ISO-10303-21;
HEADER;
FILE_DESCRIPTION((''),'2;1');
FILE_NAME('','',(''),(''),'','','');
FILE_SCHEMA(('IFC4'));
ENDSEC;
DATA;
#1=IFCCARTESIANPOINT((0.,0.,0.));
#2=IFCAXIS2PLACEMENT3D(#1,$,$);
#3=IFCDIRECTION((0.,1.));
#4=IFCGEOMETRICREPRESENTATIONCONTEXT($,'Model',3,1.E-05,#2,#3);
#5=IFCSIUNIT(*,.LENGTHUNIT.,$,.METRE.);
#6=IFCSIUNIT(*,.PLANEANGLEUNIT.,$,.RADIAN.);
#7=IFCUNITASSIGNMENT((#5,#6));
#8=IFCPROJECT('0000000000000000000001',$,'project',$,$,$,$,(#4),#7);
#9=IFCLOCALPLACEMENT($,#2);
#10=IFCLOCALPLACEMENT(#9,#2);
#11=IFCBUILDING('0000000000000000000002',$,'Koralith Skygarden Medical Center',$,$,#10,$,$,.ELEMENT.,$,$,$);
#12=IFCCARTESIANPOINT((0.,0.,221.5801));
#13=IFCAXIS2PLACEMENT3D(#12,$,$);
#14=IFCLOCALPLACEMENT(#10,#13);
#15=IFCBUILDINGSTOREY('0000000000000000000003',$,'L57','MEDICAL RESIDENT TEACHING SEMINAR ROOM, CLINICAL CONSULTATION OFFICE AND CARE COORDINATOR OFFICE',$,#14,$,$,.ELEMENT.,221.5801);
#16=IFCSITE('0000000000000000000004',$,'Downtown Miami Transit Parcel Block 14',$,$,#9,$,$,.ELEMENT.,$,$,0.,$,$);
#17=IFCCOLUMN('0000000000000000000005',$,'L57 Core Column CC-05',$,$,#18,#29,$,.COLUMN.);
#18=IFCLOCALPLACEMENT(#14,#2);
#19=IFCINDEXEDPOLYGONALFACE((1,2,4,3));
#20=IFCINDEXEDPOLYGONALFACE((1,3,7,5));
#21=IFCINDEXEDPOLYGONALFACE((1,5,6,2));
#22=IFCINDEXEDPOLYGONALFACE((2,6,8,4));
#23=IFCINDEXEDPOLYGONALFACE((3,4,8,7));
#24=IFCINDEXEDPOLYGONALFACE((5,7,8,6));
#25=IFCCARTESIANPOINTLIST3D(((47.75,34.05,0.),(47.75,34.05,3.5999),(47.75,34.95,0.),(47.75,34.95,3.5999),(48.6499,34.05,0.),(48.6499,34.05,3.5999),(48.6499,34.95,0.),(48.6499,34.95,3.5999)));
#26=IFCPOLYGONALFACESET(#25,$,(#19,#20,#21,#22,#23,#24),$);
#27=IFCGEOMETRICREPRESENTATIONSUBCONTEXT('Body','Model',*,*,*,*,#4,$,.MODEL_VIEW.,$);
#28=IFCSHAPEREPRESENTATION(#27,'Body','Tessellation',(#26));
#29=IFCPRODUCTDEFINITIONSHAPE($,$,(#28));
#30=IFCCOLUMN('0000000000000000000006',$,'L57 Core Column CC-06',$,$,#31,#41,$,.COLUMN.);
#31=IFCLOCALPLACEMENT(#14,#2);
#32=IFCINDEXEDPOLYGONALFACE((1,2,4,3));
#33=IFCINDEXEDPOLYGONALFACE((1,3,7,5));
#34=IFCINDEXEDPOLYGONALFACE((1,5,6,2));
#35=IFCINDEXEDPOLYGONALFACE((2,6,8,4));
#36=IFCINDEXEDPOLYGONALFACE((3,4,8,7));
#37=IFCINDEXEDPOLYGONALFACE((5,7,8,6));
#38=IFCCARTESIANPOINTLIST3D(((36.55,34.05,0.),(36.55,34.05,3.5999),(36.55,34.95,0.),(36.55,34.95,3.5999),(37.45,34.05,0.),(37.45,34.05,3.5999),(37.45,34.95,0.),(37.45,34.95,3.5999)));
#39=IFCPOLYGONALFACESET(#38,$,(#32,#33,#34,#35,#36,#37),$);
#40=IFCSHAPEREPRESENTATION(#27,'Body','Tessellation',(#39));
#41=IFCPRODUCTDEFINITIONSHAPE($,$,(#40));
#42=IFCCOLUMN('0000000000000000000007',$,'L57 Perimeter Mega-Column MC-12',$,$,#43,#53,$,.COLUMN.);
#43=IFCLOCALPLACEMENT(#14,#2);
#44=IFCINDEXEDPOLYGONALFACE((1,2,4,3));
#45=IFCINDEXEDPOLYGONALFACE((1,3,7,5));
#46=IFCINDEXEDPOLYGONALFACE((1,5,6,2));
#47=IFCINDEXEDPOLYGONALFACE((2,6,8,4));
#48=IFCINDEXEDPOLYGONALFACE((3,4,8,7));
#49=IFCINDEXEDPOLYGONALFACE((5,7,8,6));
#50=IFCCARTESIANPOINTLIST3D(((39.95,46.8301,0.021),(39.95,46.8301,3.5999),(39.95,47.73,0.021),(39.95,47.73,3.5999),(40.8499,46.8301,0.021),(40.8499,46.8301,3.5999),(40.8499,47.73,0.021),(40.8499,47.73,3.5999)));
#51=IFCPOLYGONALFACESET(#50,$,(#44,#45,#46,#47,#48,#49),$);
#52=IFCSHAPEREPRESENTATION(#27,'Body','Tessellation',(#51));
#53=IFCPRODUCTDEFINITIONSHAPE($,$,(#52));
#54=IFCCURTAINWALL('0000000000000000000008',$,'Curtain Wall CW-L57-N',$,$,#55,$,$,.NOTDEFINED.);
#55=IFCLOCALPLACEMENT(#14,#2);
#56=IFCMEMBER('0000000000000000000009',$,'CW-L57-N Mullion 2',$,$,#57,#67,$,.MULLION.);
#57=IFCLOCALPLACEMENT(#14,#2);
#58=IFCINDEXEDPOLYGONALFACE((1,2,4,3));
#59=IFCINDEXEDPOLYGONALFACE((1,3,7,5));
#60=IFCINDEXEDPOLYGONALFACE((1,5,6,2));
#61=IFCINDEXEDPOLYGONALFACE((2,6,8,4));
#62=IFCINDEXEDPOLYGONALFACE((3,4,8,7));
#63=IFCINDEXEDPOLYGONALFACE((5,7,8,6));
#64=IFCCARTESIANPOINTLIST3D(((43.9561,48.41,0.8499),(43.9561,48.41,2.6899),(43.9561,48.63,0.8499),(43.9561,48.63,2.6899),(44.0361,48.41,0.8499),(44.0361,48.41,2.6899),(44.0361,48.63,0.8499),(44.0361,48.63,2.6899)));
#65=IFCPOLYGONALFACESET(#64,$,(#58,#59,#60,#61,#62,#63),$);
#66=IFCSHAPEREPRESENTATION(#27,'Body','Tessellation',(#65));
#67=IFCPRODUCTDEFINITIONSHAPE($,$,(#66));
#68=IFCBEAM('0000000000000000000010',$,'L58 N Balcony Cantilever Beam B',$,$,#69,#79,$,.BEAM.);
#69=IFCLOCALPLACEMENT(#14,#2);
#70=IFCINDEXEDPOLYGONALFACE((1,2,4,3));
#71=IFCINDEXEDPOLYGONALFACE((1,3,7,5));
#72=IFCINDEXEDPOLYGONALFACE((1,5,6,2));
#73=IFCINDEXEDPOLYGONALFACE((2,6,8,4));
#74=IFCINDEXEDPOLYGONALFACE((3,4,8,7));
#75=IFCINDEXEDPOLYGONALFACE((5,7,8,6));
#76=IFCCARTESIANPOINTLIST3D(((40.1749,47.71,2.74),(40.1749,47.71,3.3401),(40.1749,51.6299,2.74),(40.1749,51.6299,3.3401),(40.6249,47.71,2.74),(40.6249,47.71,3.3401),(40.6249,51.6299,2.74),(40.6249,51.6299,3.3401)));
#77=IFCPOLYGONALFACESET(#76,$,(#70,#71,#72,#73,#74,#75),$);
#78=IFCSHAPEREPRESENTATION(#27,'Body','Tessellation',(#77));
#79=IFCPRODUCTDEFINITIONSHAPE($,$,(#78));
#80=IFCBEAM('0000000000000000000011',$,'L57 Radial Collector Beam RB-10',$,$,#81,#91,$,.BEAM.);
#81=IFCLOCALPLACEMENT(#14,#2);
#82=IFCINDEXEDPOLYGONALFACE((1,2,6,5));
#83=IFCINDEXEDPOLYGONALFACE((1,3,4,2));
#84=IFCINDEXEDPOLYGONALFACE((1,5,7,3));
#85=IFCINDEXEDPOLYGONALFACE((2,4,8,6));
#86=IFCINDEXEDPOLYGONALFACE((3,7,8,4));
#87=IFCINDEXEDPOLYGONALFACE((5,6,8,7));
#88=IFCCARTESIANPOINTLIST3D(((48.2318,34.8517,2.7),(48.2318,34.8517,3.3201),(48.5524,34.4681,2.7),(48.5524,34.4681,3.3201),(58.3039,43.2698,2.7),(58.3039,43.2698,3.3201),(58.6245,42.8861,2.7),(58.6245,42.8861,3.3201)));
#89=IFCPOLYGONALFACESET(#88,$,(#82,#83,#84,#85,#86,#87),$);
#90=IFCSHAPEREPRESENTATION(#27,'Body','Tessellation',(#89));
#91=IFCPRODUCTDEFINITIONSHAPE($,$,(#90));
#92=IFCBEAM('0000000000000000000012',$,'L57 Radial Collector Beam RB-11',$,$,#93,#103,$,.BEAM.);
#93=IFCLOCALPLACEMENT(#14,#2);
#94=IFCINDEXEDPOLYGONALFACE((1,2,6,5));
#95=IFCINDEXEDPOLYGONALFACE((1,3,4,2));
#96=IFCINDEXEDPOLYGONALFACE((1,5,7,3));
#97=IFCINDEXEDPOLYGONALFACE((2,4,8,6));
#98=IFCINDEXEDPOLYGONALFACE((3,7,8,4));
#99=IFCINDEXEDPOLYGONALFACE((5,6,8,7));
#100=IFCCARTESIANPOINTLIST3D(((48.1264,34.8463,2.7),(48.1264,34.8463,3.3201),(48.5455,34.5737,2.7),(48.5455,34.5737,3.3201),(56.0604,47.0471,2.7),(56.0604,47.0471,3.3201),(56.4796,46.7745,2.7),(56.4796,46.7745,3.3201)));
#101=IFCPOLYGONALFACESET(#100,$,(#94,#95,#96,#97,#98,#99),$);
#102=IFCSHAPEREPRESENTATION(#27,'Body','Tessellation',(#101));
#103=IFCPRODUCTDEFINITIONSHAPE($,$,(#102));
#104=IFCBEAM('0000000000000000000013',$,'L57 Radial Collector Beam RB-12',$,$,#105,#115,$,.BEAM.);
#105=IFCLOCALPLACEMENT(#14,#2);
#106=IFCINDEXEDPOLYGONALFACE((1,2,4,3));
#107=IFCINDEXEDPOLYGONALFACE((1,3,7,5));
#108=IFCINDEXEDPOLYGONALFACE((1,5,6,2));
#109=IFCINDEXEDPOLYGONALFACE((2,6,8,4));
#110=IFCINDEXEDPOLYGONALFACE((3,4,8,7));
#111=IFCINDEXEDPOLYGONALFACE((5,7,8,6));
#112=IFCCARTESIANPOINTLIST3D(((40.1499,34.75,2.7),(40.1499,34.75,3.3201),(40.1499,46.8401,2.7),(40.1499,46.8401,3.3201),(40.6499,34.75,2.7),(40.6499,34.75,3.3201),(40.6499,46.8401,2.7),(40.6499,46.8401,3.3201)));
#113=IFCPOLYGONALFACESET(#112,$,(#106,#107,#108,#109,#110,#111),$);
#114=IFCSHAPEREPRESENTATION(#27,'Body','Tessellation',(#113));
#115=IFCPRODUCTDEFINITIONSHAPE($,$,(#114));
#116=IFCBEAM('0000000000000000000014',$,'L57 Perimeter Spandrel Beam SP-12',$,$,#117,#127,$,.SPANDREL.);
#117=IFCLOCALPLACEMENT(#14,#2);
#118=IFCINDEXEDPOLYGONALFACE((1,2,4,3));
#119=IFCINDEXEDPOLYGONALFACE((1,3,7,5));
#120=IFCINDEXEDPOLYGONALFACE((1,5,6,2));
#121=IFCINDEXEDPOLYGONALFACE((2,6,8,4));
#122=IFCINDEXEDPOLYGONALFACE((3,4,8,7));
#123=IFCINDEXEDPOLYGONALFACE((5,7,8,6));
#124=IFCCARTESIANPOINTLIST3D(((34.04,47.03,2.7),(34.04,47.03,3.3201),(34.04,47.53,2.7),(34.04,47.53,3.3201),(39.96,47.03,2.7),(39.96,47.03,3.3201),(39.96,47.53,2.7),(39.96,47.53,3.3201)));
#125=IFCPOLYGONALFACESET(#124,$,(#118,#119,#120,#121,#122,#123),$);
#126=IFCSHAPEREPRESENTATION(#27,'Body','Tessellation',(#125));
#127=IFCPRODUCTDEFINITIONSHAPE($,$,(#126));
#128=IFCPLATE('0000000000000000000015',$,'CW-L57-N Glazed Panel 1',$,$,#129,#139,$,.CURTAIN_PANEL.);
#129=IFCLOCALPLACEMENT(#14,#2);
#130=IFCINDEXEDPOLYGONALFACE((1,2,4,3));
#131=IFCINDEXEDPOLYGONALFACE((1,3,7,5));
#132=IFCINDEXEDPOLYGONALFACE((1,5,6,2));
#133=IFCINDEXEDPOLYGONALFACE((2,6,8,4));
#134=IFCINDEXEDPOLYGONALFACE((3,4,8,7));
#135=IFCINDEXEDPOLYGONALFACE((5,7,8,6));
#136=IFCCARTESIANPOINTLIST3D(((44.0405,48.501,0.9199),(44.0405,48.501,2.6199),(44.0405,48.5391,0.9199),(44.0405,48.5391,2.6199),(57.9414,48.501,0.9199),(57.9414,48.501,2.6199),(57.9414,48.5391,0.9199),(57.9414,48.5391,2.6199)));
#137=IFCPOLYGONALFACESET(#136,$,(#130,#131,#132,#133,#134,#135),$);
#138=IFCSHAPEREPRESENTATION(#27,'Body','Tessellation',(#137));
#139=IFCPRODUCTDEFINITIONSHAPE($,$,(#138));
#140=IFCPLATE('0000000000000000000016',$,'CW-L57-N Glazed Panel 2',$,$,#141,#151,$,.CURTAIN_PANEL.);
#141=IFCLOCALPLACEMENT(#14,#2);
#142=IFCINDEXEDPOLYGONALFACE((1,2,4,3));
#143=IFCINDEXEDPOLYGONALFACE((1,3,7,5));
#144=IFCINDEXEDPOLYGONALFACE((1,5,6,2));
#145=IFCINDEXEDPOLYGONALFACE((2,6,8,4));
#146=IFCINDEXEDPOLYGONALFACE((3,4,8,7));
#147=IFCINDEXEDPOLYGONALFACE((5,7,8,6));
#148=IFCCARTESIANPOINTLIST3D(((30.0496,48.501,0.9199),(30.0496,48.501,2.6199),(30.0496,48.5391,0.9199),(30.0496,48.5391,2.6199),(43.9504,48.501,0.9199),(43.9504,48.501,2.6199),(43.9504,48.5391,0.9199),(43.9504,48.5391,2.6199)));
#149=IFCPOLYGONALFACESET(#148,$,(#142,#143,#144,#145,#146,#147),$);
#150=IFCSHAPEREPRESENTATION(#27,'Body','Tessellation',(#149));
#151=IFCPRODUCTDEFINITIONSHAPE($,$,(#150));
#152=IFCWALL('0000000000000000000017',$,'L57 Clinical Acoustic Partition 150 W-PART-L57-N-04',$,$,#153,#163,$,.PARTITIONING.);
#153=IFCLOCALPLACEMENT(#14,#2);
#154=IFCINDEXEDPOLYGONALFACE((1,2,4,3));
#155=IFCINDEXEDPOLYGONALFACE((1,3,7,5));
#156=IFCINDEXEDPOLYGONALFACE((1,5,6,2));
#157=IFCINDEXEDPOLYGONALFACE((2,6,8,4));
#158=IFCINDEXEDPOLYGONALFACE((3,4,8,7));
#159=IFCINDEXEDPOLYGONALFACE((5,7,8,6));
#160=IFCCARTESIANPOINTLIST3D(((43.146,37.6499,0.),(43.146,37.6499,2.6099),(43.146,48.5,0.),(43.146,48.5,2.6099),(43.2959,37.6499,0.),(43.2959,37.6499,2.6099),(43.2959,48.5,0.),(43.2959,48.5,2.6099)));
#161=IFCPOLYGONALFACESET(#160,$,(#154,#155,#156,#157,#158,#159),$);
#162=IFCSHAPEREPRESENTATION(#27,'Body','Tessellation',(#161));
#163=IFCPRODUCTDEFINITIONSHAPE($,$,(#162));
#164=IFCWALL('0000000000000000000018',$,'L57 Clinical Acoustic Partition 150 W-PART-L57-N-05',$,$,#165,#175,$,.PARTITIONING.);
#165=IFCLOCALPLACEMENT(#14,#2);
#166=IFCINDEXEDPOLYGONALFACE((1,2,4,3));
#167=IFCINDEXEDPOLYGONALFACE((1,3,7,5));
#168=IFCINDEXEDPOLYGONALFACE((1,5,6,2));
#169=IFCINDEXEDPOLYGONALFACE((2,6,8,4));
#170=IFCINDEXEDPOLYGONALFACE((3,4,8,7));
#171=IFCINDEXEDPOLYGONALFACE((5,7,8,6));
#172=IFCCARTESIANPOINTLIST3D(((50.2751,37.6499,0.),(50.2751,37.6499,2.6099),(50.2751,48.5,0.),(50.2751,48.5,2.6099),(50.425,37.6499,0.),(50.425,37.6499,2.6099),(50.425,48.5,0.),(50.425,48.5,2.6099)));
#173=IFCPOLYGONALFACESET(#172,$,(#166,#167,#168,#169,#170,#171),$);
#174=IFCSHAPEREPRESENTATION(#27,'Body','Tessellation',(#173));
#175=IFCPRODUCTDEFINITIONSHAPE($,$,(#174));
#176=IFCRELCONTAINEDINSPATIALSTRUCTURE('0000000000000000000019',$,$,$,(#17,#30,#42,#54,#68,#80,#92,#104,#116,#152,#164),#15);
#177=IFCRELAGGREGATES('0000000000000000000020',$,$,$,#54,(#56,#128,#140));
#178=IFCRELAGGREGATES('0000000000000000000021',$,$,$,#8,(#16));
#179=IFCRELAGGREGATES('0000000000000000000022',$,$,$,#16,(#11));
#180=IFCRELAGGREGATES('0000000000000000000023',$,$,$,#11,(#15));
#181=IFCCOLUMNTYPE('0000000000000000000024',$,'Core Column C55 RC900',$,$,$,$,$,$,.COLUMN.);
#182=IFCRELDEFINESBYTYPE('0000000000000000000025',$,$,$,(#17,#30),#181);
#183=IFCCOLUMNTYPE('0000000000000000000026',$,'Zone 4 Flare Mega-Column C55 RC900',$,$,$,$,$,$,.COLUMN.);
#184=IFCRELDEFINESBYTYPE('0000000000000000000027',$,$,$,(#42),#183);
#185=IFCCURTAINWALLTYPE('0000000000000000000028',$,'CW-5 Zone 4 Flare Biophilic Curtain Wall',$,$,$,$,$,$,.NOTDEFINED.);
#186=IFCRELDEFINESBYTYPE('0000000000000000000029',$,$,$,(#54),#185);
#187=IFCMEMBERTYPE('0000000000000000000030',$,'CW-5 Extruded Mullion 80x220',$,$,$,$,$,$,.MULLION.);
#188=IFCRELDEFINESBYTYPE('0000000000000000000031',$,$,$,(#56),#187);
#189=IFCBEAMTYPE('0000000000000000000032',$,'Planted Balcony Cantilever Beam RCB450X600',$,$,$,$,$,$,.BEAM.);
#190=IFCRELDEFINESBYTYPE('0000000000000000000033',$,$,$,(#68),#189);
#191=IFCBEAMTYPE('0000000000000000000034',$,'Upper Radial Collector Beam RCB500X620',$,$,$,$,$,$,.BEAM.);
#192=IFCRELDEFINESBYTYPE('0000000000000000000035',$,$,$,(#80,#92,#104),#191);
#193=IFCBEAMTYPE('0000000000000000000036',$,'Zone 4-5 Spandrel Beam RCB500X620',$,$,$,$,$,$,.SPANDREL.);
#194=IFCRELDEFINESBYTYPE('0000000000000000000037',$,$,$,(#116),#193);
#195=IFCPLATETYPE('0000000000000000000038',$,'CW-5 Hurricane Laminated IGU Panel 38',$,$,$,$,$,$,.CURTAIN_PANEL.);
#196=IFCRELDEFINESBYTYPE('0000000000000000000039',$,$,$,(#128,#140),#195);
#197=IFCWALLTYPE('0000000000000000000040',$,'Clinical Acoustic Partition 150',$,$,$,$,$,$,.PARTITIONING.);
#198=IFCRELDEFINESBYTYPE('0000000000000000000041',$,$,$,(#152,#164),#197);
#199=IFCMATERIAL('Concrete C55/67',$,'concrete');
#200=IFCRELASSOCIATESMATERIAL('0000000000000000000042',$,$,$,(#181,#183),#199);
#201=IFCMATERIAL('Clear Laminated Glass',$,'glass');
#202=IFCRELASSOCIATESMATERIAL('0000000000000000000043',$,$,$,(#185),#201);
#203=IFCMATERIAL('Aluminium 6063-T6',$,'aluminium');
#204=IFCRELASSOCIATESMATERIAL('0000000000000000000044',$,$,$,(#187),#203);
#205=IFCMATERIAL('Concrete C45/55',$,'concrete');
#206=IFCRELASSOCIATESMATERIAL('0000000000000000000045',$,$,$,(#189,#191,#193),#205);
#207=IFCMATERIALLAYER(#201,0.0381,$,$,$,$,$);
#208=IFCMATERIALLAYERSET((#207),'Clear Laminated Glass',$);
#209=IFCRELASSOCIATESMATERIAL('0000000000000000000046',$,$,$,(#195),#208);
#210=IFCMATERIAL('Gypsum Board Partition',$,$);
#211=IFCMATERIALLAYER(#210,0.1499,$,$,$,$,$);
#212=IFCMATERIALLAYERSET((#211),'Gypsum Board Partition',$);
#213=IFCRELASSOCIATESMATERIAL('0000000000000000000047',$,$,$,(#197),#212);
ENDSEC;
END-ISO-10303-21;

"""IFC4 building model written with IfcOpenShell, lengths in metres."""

from ifc_helpers import new_model, si_unit, direction, frame, frame_2d, origin, origin_2d, place, context, subcontext, project, spatial, rectangle, extrude, material, layer, layer_set, material_profile, profile_set, type_object, element, aggregate, save


model = new_model("IFC4")

# Units and contexts
model_context = context("Model", 3, precision=1e-05, world=origin(), true_north=direction((0.0, 1.0)))
body_context = subcontext(model_context, "Body", "Model", "MODEL_VIEW")
ifc_project = project(units=[si_unit("LENGTHUNIT", "METRE"), si_unit("PLANEANGLEUNIT", "RADIAN")], contexts=[model_context])

# Site, building, storey
site_placement = place(None, origin())
site = spatial("IfcSite", under=ifc_project, at=site_placement, Name="Downtown Miami Transit Parcel Block 14", CompositionType="ELEMENT", RefElevation=0.0)
building_placement = place(site_placement, origin())
building = spatial("IfcBuilding", under=site, at=building_placement, Name="Koralith Skygarden Medical Center", CompositionType="ELEMENT")
storey_placement = place(building_placement, frame((0.0, 0.0, 221.5801)))
storey = spatial("IfcBuildingStorey", under=building, at=storey_placement, Name="L57", Description="MEDICAL RESIDENT TEACHING SEMINAR ROOM, CLINICAL CONSULTATION OFFICE AND CARE COORDINATOR OFFICE", CompositionType="ELEMENT", Elevation=221.5801)

# Columns
ifc_material_1 = material(Name="Concrete C55/67", Category="concrete")
ifc_material_profile_1 = material_profile(ifc_material_1, rectangle(XDim=0.8999, YDim=0.8999, at=origin_2d()), Name="RC900X900")
ifc_profile_set_1 = profile_set([ifc_material_profile_1], Name="Concrete C55/67")
column_type_1 = type_object("IfcColumnType", Name="Core Column C55 RC900", PredefinedType="COLUMN", material=ifc_profile_set_1)
for number, where, z_axis, x_axis, name in (
    (1, (48.2, 34.5, 0.0), (0.0, 0.0, 1.0), (1.0, 0.0, 0.0), "L57 Core Column CC-05"),
    (2, (37.0, 34.5, 0.0), (0.0, 0.0, 1.0), (1.0, 0.0, 0.0), "L57 Core Column CC-06"),
):
    element("IfcColumn", number, at=place(storey_placement, frame(where, z_axis=z_axis, x_axis=x_axis)), inside=storey, type_object=column_type_1, Name=name, PredefinedType="COLUMN", context=body_context, shape_type="SweptSolid", body=[
        extrude(rectangle(XDim=0.8999, YDim=0.8999, at=origin_2d()), origin(), (0.0, 0.0, 1.0), 3.5999),
    ])
ifc_material_profile_2 = material_profile(ifc_material_1, rectangle(XDim=0.8999, YDim=0.8999, at=origin_2d()), Name="RC900X900")
ifc_profile_set_2 = profile_set([ifc_material_profile_2], Name="Concrete C55/67")
column_type_2 = type_object("IfcColumnType", Name="Zone 4 Flare Mega-Column C55 RC900", PredefinedType="COLUMN", material=ifc_profile_set_2)
column_placement = place(storey_placement, frame((40.3999, 47.28, 0.021), z_axis=(0.0, 0.0, 1.0), x_axis=(1.0, 0.0, 0.0)))
element("IfcColumn", 3, at=column_placement, inside=storey, type_object=column_type_2, Name="L57 Perimeter Mega-Column MC-12", PredefinedType="COLUMN", context=body_context, shape_type="SweptSolid", body=[
    extrude(rectangle(XDim=0.8999, YDim=0.8999, at=origin_2d()), origin(), (0.0, 0.0, 1.0), 3.5789),
])

# Curtain wall, member
ifc_material_2 = material(Name="Clear Laminated Glass", Category="glass")
curtain_wall_type = type_object("IfcCurtainWallType", Name="CW-5 Zone 4 Flare Biophilic Curtain Wall", PredefinedType="NOTDEFINED", material=ifc_material_2)
curtain_wall_placement = place(storey_placement, origin())
curtain_wall = element("IfcCurtainWall", 4, at=curtain_wall_placement, inside=storey, type_object=curtain_wall_type, Name="Curtain Wall CW-L57-N", PredefinedType="NOTDEFINED")
ifc_material_3 = material(Name="Aluminium 6063-T6", Category="aluminium")
ifc_material_profile_3 = material_profile(ifc_material_3, rectangle(XDim=0.0801, YDim=0.22, at=origin_2d()), Name="MUL80X220")
ifc_profile_set_3 = profile_set([ifc_material_profile_3], Name="Aluminium 6063-T6")
member_type = type_object("IfcMemberType", Name="CW-5 Extruded Mullion 80x220", PredefinedType="MULLION", material=ifc_profile_set_3)
member_placement = place(storey_placement, frame((43.9961, 48.52, 0.8499), z_axis=(0.0, 0.0, 1.0), x_axis=(1.0, 0.0, 0.0)))
member = element("IfcMember", 5, at=member_placement, type_object=member_type, Name="CW-L57-N Mullion 2", PredefinedType="MULLION", context=body_context, shape_type="SweptSolid", body=[
    extrude(rectangle(XDim=0.0801, YDim=0.22, at=origin_2d()), origin(), (0.0, 0.0, 1.0), 1.8401),
])

# Beams
ifc_material_4 = material(Name="Concrete C45/55", Category="concrete")
ifc_material_profile_4 = material_profile(ifc_material_4, rectangle(XDim=0.45, YDim=0.6001, at=origin_2d()), Name="RCB450X600")
ifc_profile_set_4 = profile_set([ifc_material_profile_4], Name="Concrete C45/55")
beam_type_1 = type_object("IfcBeamType", Name="Planted Balcony Cantilever Beam RCB450X600", PredefinedType="BEAM", material=ifc_profile_set_4)
beam_1_placement = place(storey_placement, frame((40.3999, 47.71, 3.04), z_axis=(0.0, 1.0, 0.0), x_axis=(-1.0, 0.0, 0.0)))
element("IfcBeam", 6, at=beam_1_placement, inside=storey, type_object=beam_type_1, Name="L58 N Balcony Cantilever Beam B", PredefinedType="BEAM", context=body_context, shape_type="SweptSolid", body=[
    extrude(rectangle(XDim=0.45, YDim=0.6001, at=origin_2d()), origin(), (0.0, 0.0, 1.0), 3.9199),
])
ifc_material_profile_5 = material_profile(ifc_material_4, rectangle(XDim=0.5, YDim=0.6201, at=origin_2d()), Name="RCB500X620")
ifc_profile_set_5 = profile_set([ifc_material_profile_5], Name="Concrete C45/55")
beam_type_2 = type_object("IfcBeamType", Name="Upper Radial Collector Beam RCB500X620", PredefinedType="BEAM", material=ifc_profile_set_5)
beam_2_placement = place(storey_placement, frame((48.3921, 34.6599, 3.01), z_axis=(0.767298, 0.641291, 0.0), x_axis=(-0.641291, 0.767298, 0.0)))
element("IfcBeam", 7, at=beam_2_placement, inside=storey, type_object=beam_type_2, Name="L57 Radial Collector Beam RB-10", PredefinedType="BEAM", context=body_context, shape_type="SweptSolid", body=[
    extrude(rectangle(XDim=0.5, YDim=0.6201, at=origin_2d()), origin(), (0.0, 0.0, 1.0), 13.1267),
])
beam_3_placement = place(storey_placement, frame((48.3359, 34.71, 3.01), z_axis=(0.545156, 0.838334, 0.0), x_axis=(-0.838334, 0.545156, 0.0)))
element("IfcBeam", 8, at=beam_3_placement, inside=storey, type_object=beam_type_2, Name="L57 Radial Collector Beam RB-11", PredefinedType="BEAM", context=body_context, shape_type="SweptSolid", body=[
    extrude(rectangle(XDim=0.5, YDim=0.6201, at=origin_2d()), origin(), (0.0, 0.0, 1.0), 14.5537),
])
beam_4_placement = place(storey_placement, frame((40.3999, 34.75, 3.01), z_axis=(0.0, 1.0, 0.0), x_axis=(-1.0, 0.0, 0.0)))
element("IfcBeam", 9, at=beam_4_placement, inside=storey, type_object=beam_type_2, Name="L57 Radial Collector Beam RB-12", PredefinedType="BEAM", context=body_context, shape_type="SweptSolid", body=[
    extrude(rectangle(XDim=0.5, YDim=0.6201, at=origin_2d()), origin(), (0.0, 0.0, 1.0), 12.0901),
])
ifc_material_profile_6 = material_profile(ifc_material_4, rectangle(XDim=0.5, YDim=0.6201, at=origin_2d()), Name="RCB500X620")
ifc_profile_set_6 = profile_set([ifc_material_profile_6], Name="Concrete C45/55")
beam_type_3 = type_object("IfcBeamType", Name="Zone 4-5 Spandrel Beam RCB500X620", PredefinedType="SPANDREL", material=ifc_profile_set_6)
beam_5_placement = place(storey_placement, frame((39.96, 47.28, 3.01), z_axis=(-1.0, 0.0, 0.0), x_axis=(0.0, -1.0, 0.0)))
element("IfcBeam", 10, at=beam_5_placement, inside=storey, type_object=beam_type_3, Name="L57 Perimeter Spandrel Beam SP-12", PredefinedType="SPANDREL", context=body_context, shape_type="SweptSolid", body=[
    extrude(rectangle(XDim=0.5, YDim=0.6201, at=origin_2d()), origin(), (0.0, 0.0, 1.0), 5.9199),
])

# Plates
ifc_layer_1 = layer(ifc_material_2, 0.0381)
ifc_layer_set_1 = layer_set([ifc_layer_1], Name="Clear Laminated Glass")
plate_type = type_object("IfcPlateType", Name="CW-5 Hurricane Laminated IGU Panel 38", PredefinedType="CURTAIN_PANEL", material=ifc_layer_set_1)
plate_1_placement = place(storey_placement, frame((50.991, 48.52, 0.9199), z_axis=(0.0, 0.0, 1.0), x_axis=(-1.0, 0.0, 0.0)))
plate_1 = element("IfcPlate", 11, at=plate_1_placement, type_object=plate_type, Name="CW-L57-N Glazed Panel 1", PredefinedType="CURTAIN_PANEL", context=body_context, shape_type="SweptSolid", body=[
    extrude(rectangle(XDim=13.9009, YDim=0.0381, at=origin_2d()), origin(), (0.0, 0.0, 1.0), 1.7),
])
plate_2_placement = place(storey_placement, frame((37.0, 48.52, 0.9199), z_axis=(0.0, 0.0, 1.0), x_axis=(-1.0, 0.0, 0.0)))
plate_2 = element("IfcPlate", 12, at=plate_2_placement, type_object=plate_type, Name="CW-L57-N Glazed Panel 2", PredefinedType="CURTAIN_PANEL", context=body_context, shape_type="SweptSolid", body=[
    extrude(rectangle(XDim=13.9009, YDim=0.0381, at=origin_2d()), origin(), (0.0, 0.0, 1.0), 1.7),
])
aggregate(curtain_wall, [member, plate_1, plate_2])

# Walls
ifc_material_5 = material(Name="Gypsum Board Partition")
ifc_layer_2 = layer(ifc_material_5, 0.1499)
ifc_layer_set_2 = layer_set([ifc_layer_2], Name="Gypsum Board Partition")
wall_type_1 = type_object("IfcWallType", Name="Clinical Acoustic Partition 150", PredefinedType="PARTITIONING", material=ifc_layer_set_2)
for number, where, z_axis, x_axis, name in (
    (13, (43.2209, 37.6499, 0.0), (0.0, 0.0, 1.0), (0.0, 1.0, 0.0), "L57 Clinical Acoustic Partition 150 W-PART-L57-N-04"),
    (14, (50.3501, 37.6499, 0.0), (0.0, 0.0, 1.0), (0.0, 1.0, 0.0), "L57 Clinical Acoustic Partition 150 W-PART-L57-N-05"),
):
    element("IfcWall", number, at=place(storey_placement, frame(where, z_axis=z_axis, x_axis=x_axis)), inside=storey, type_object=wall_type_1, Name=name, PredefinedType="PARTITIONING", context=body_context, shape_type="SweptSolid", body=[
        extrude(rectangle(XDim=10.8501, YDim=0.1499, at=frame_2d((5.425, 0.0))), origin(), (0.0, 0.0, 1.0), 2.6099),
    ])

save(model, "model.ifc")
